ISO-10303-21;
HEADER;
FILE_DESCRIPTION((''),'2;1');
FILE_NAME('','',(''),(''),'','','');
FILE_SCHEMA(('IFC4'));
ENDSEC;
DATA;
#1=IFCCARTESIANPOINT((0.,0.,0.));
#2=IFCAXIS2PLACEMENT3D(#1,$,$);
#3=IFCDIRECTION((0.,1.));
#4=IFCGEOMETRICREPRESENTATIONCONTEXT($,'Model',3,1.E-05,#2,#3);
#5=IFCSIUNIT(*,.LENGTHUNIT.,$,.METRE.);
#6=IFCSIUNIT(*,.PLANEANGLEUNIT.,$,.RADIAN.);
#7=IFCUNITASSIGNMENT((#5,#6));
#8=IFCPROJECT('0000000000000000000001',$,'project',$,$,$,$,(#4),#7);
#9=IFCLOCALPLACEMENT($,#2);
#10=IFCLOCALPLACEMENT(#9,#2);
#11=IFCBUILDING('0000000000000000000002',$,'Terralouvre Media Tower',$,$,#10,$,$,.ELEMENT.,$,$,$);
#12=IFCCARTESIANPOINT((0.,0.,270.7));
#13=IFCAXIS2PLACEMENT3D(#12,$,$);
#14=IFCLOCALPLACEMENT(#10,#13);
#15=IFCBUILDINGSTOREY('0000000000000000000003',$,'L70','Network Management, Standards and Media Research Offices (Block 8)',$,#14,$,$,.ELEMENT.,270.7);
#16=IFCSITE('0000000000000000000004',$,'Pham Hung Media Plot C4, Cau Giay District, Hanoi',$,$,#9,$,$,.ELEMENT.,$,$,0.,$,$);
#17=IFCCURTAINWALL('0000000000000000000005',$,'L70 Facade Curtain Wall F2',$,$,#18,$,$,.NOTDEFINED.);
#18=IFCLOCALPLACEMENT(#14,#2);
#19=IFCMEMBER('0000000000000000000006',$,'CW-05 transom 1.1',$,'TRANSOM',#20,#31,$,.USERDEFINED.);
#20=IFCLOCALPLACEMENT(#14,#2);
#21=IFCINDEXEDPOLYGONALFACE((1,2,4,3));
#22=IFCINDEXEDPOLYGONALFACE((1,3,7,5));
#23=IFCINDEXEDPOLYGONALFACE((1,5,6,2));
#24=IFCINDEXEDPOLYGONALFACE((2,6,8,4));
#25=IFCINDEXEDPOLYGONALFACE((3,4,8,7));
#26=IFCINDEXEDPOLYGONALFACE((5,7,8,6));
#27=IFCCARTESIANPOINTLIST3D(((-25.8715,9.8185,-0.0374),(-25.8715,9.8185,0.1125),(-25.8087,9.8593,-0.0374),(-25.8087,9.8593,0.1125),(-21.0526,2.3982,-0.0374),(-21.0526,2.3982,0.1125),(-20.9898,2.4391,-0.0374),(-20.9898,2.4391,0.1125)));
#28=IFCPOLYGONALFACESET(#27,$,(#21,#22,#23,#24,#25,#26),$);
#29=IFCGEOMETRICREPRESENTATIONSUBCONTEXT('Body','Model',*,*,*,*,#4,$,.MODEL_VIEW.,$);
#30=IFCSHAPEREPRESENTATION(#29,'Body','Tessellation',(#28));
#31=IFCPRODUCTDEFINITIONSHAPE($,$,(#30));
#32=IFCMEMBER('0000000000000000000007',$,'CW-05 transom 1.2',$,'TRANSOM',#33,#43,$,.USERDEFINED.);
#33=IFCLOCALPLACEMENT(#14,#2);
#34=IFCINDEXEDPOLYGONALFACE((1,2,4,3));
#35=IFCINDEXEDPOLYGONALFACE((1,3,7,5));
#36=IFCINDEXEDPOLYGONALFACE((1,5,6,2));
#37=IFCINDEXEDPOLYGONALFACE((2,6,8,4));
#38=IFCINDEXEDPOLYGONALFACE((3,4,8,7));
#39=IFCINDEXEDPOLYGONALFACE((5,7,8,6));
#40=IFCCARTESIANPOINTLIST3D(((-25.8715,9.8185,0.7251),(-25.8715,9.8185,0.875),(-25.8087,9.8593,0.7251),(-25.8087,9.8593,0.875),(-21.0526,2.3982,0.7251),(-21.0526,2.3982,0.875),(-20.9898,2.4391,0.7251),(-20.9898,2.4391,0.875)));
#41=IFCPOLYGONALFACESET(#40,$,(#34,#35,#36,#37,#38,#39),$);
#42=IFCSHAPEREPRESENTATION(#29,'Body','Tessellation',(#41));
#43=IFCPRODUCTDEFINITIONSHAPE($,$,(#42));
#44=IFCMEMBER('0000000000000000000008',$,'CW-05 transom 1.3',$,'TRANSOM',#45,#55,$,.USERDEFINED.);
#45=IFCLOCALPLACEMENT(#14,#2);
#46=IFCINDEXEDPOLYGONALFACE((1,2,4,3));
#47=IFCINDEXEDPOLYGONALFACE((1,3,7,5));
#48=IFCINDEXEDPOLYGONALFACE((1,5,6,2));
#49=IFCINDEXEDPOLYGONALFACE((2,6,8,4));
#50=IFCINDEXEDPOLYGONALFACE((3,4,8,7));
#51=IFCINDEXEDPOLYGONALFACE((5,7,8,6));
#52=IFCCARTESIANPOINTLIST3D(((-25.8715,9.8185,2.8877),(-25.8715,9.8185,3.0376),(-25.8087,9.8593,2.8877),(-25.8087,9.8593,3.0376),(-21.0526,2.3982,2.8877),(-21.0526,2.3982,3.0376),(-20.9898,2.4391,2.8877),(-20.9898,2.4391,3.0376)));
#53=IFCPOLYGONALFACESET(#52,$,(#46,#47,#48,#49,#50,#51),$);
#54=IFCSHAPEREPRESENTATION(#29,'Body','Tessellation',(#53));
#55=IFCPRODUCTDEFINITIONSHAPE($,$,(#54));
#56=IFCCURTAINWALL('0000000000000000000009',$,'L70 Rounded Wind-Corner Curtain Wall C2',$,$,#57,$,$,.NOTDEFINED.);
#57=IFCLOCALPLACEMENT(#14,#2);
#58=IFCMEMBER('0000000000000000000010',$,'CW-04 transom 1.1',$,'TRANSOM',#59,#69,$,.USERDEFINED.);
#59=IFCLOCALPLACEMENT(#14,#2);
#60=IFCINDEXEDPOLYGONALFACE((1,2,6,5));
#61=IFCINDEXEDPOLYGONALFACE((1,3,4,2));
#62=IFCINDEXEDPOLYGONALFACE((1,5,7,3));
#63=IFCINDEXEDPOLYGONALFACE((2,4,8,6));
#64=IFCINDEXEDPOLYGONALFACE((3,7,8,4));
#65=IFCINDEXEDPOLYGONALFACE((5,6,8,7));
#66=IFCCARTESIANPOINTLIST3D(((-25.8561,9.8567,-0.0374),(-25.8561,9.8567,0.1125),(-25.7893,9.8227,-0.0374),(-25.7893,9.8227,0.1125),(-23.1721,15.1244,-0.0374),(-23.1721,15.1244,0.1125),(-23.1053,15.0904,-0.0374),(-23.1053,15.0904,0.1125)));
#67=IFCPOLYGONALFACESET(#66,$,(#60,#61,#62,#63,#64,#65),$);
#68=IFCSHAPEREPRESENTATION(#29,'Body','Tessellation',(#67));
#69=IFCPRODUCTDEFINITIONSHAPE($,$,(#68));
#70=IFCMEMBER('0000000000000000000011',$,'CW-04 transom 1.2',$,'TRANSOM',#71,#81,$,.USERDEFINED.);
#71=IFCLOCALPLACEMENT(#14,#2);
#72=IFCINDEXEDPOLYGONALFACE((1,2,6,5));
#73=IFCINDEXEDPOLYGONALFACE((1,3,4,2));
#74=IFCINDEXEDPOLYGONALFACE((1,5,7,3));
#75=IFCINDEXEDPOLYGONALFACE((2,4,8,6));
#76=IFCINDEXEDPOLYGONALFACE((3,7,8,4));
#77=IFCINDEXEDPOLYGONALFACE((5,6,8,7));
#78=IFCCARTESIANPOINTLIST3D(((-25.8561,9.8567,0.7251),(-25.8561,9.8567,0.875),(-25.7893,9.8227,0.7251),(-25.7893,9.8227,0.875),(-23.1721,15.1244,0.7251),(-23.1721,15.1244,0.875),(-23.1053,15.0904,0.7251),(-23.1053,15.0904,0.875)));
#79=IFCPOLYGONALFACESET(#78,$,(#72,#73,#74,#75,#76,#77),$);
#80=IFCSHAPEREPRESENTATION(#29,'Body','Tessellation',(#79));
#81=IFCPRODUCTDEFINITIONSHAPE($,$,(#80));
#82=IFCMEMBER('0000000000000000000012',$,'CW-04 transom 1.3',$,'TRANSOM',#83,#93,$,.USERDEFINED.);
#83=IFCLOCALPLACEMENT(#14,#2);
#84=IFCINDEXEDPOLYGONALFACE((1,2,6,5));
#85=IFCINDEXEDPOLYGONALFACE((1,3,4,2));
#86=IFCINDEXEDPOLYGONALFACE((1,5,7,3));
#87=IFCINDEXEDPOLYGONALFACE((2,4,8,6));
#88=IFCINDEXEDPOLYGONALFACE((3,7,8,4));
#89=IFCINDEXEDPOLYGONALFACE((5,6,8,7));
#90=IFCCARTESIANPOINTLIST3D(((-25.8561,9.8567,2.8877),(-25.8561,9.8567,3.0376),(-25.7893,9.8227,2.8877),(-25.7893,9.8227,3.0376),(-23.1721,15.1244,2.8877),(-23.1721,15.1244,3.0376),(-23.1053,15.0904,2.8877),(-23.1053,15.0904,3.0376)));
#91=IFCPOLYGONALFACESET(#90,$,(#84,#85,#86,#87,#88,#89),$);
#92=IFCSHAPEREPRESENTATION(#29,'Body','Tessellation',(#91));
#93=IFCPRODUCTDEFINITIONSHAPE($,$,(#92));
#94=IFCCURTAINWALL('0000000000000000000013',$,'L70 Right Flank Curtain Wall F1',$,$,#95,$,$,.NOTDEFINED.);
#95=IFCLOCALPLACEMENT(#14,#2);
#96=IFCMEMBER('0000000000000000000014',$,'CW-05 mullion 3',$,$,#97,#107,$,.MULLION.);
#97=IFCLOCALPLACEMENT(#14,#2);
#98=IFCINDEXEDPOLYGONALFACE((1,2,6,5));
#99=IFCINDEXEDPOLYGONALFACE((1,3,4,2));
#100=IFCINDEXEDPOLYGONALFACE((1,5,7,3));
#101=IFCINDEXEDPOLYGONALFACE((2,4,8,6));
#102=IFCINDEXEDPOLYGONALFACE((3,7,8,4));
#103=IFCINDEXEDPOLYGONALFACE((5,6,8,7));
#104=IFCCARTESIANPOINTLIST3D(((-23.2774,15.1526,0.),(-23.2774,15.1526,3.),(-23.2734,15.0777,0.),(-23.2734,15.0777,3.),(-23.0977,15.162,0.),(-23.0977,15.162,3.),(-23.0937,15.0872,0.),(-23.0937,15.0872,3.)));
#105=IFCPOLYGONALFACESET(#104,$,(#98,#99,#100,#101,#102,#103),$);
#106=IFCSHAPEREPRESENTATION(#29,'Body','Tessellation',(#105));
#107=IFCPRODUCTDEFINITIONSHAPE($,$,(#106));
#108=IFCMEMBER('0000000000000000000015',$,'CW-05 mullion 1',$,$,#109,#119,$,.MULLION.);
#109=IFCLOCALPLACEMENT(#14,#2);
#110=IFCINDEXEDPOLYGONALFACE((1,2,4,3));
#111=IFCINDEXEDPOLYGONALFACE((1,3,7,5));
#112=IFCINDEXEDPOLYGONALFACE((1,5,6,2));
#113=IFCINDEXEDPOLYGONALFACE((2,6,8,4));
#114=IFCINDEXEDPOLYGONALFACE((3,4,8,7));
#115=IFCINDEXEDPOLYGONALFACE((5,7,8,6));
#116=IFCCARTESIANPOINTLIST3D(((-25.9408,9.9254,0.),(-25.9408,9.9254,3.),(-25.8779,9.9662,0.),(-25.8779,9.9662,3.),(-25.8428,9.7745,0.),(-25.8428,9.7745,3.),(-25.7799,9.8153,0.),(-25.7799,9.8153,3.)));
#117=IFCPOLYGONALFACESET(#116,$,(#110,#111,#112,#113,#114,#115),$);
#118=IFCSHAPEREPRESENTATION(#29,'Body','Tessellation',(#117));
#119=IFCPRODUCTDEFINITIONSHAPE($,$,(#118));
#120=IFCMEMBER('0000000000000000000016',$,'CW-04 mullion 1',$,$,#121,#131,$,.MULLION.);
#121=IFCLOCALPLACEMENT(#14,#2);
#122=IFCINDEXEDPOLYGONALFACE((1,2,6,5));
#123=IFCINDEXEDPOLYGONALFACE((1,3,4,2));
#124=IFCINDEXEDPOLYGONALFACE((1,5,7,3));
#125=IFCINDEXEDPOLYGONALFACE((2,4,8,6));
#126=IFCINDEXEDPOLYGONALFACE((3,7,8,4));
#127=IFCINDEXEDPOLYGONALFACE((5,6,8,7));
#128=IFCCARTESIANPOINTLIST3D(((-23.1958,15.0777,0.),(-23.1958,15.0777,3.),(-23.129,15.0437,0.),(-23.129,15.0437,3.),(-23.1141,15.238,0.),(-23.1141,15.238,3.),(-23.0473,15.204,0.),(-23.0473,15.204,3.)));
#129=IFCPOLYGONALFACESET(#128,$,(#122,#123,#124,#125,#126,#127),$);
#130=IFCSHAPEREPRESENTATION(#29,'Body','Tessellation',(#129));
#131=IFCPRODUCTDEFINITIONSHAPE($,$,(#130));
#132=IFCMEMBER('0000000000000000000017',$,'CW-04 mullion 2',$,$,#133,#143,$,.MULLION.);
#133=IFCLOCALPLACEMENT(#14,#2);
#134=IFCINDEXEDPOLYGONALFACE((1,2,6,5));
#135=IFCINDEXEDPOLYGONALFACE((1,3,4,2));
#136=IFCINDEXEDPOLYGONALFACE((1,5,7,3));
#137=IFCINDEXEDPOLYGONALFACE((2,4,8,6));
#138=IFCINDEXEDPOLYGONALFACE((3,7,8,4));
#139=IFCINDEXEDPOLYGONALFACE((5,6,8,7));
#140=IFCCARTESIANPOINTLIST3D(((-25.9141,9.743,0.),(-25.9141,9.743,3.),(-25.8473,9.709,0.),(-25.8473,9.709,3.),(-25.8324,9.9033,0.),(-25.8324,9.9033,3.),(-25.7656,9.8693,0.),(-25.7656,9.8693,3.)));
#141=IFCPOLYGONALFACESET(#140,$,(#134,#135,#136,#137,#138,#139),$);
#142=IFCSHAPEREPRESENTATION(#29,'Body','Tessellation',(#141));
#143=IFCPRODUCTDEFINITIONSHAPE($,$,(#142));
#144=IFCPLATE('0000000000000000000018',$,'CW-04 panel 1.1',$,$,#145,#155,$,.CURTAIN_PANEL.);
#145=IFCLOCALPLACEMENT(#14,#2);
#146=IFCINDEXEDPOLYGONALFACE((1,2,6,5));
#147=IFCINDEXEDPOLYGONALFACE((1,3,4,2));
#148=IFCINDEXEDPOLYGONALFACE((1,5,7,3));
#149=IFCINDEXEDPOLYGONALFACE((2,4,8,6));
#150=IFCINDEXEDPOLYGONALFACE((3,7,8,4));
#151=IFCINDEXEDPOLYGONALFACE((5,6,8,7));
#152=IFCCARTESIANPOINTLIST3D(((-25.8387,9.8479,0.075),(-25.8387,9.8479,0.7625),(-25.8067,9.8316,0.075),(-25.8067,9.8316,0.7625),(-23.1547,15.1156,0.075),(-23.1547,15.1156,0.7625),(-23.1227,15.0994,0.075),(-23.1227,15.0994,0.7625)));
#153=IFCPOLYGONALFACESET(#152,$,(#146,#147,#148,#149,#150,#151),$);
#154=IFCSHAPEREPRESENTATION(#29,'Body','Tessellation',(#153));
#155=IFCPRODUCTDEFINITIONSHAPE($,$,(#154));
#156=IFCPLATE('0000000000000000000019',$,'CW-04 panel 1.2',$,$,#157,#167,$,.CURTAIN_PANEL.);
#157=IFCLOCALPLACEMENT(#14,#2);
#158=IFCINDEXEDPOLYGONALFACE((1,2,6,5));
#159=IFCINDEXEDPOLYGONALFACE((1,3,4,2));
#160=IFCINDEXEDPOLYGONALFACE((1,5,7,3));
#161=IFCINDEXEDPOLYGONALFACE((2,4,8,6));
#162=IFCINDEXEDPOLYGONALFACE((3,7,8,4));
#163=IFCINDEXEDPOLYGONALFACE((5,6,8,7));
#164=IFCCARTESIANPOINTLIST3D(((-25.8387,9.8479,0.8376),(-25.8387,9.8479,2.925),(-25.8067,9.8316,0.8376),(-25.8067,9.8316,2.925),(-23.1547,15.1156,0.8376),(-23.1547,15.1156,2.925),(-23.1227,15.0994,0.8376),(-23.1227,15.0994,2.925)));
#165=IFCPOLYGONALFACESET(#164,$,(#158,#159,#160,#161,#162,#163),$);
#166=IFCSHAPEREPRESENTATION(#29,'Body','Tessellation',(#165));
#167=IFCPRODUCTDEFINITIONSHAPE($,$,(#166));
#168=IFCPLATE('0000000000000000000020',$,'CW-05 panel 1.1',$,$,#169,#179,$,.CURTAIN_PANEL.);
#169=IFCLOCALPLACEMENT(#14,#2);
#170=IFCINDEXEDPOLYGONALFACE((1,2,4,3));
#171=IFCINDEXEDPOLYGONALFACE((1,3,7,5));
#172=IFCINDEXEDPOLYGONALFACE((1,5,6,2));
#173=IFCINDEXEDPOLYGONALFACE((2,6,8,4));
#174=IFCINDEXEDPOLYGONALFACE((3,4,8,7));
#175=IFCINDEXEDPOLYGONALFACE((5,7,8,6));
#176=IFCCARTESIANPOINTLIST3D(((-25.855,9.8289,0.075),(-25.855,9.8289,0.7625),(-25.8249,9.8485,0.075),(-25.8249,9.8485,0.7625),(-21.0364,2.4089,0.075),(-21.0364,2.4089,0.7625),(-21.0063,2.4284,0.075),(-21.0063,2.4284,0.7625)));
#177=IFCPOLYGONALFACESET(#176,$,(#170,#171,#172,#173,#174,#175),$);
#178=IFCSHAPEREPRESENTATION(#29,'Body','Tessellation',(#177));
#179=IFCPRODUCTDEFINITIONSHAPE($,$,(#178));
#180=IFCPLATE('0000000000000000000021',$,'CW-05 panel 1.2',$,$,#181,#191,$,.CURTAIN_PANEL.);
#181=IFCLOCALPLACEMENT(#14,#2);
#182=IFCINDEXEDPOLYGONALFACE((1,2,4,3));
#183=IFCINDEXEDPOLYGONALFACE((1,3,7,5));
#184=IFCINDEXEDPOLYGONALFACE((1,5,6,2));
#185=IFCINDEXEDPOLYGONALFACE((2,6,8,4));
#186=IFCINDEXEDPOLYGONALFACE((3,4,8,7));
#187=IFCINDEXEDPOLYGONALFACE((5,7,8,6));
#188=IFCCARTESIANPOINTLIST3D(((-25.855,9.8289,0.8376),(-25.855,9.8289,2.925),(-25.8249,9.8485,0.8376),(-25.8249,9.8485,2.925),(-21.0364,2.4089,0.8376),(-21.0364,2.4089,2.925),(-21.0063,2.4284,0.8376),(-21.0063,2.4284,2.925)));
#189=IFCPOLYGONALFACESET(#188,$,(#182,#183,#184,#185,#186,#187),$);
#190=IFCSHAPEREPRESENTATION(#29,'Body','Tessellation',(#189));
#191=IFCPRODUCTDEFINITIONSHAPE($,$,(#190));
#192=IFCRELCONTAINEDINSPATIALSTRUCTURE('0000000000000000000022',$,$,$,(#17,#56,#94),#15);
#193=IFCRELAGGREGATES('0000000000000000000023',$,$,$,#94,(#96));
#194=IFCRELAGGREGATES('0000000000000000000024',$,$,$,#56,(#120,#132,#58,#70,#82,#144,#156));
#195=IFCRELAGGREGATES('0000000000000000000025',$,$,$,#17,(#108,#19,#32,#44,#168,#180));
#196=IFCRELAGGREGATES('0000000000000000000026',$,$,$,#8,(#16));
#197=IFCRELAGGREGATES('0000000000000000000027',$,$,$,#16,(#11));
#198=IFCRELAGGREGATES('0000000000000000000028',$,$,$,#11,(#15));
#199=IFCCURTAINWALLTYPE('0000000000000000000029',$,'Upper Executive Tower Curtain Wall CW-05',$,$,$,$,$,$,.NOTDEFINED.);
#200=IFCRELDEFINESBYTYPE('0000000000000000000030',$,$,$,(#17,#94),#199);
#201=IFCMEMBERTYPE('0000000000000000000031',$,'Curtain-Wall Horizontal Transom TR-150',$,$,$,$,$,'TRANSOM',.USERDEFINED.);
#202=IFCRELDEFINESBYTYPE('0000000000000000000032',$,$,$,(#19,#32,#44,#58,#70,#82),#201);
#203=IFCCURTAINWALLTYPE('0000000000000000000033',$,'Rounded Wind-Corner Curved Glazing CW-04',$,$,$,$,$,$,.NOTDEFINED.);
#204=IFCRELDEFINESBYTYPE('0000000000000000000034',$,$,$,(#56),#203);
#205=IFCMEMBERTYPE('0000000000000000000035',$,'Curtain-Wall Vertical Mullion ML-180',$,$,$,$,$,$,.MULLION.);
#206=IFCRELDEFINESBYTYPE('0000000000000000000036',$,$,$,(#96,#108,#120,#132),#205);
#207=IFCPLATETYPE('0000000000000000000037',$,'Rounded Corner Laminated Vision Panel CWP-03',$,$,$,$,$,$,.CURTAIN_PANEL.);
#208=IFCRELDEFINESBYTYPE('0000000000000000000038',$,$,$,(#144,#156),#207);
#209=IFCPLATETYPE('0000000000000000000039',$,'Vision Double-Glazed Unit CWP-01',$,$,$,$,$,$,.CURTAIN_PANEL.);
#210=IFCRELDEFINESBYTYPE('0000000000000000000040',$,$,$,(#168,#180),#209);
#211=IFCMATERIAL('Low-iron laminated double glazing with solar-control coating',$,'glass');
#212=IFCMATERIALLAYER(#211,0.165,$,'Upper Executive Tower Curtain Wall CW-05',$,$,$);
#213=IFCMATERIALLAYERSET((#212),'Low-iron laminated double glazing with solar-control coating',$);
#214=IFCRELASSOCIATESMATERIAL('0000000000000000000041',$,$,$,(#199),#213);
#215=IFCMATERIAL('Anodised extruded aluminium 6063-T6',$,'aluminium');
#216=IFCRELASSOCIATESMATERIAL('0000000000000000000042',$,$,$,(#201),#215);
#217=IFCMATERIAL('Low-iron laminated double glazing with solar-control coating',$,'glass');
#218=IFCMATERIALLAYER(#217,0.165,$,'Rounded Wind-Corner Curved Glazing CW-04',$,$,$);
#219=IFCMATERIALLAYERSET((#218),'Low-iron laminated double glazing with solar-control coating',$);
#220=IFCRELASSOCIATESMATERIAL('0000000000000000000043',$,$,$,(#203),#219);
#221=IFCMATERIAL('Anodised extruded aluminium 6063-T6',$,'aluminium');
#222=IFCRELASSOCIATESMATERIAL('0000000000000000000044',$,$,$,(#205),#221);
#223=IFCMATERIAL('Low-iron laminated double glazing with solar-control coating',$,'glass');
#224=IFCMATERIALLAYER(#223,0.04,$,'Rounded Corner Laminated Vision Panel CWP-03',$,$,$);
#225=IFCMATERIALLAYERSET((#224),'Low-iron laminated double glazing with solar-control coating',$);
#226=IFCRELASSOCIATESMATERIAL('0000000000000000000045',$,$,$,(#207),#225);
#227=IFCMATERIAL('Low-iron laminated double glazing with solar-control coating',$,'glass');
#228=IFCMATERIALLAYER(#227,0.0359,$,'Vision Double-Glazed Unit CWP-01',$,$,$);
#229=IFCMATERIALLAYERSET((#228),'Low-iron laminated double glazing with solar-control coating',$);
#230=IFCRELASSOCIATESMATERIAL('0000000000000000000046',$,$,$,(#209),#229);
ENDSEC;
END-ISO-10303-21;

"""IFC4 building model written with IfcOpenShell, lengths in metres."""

from ifc_helpers import new_model, si_unit, direction, frame, origin, origin_2d, place, context, subcontext, project, spatial, rectangle, extrude, material, layer, layer_set, material_profile, profile_set, type_object, element, aggregate, save


model = new_model("IFC4")

# Units and contexts
model_context = context("Model", 3, precision=1e-05, world=origin(), true_north=direction((0.0, 1.0)))
body_context = subcontext(model_context, "Body", "Model", "MODEL_VIEW")
ifc_project = project(units=[si_unit("LENGTHUNIT", "METRE"), si_unit("PLANEANGLEUNIT", "RADIAN")], contexts=[model_context])

# Site, building, storey
site_placement = place(None, origin())
site = spatial("IfcSite", under=ifc_project, at=site_placement, Name="Pham Hung Media Plot C4, Cau Giay District, Hanoi", CompositionType="ELEMENT", RefElevation=0.0)
building_placement = place(site_placement, origin())
building = spatial("IfcBuilding", under=site, at=building_placement, Name="Terralouvre Media Tower", CompositionType="ELEMENT")
storey_placement = place(building_placement, frame((0.0, 0.0, 270.7)))
storey = spatial("IfcBuildingStorey", under=building, at=storey_placement, Name="L70", Description="Network Management, Standards and Media Research Offices (Block 8)", CompositionType="ELEMENT", Elevation=270.7)

# Curtain walls, members
ifc_material_1 = material(Name="Low-iron laminated double glazing with solar-control coating", Category="glass")
ifc_layer_1 = layer(ifc_material_1, 0.165, Name="Upper Executive Tower Curtain Wall CW-05")
ifc_layer_set_1 = layer_set([ifc_layer_1], Name="Low-iron laminated double glazing with solar-control coating")
curtain_wall_type_1 = type_object("IfcCurtainWallType", Name="Upper Executive Tower Curtain Wall CW-05", PredefinedType="NOTDEFINED", material=ifc_layer_set_1)
curtain_wall_1_placement = place(storey_placement, origin())
curtain_wall_1 = element("IfcCurtainWall", 1, at=curtain_wall_1_placement, inside=storey, type_object=curtain_wall_type_1, Name="L70 Facade Curtain Wall F2", PredefinedType="NOTDEFINED")
ifc_material_2 = material(Name="Anodised extruded aluminium 6063-T6", Category="aluminium")
ifc_material_profile_1 = material_profile(ifc_material_2, rectangle(XDim=0.075, YDim=0.1499, at=origin_2d()), Name="ALU 75x150")
ifc_profile_set_1 = profile_set([ifc_material_profile_1], Name="Anodised extruded aluminium 6063-T6")
member_type_1 = type_object("IfcMemberType", Name="Curtain-Wall Horizontal Transom TR-150", ElementType="TRANSOM", PredefinedType="USERDEFINED", material=ifc_profile_set_1)
member_1_placement = place(storey_placement, frame((-25.8401, 9.8389, 0.0376), z_axis=(0.54465, -0.838664, 0.0), x_axis=(0.838664, 0.54465, 0.0)))
member_1 = element("IfcMember", 2, at=member_1_placement, type_object=member_type_1, Name="CW-05 transom 1.1", ObjectType="TRANSOM", PredefinedType="USERDEFINED", context=body_context, shape_type="SweptSolid", body=[
    extrude(rectangle(XDim=0.075, YDim=0.1499, at=origin_2d()), origin(), (0.0, 0.0, 1.0), 8.8477),
])
member_2_placement = place(storey_placement, frame((-25.8401, 9.8389, 0.8), z_axis=(0.54465, -0.838664, 0.0), x_axis=(0.838664, 0.54465, 0.0)))
member_2 = element("IfcMember", 3, at=member_2_placement, type_object=member_type_1, Name="CW-05 transom 1.2", ObjectType="TRANSOM", PredefinedType="USERDEFINED", context=body_context, shape_type="SweptSolid", body=[
    extrude(rectangle(XDim=0.075, YDim=0.1499, at=origin_2d()), origin(), (0.0, 0.0, 1.0), 8.8477),
])
member_3_placement = place(storey_placement, frame((-25.8401, 9.8389, 2.9626), z_axis=(0.54465, -0.838664, 0.0), x_axis=(0.838664, 0.54465, 0.0)))
member_3 = element("IfcMember", 4, at=member_3_placement, type_object=member_type_1, Name="CW-05 transom 1.3", ObjectType="TRANSOM", PredefinedType="USERDEFINED", context=body_context, shape_type="SweptSolid", body=[
    extrude(rectangle(XDim=0.075, YDim=0.1499, at=origin_2d()), origin(), (0.0, 0.0, 1.0), 8.8477),
])
ifc_material_3 = material(Name="Low-iron laminated double glazing with solar-control coating", Category="glass")
ifc_layer_2 = layer(ifc_material_3, 0.165, Name="Rounded Wind-Corner Curved Glazing CW-04")
ifc_layer_set_2 = layer_set([ifc_layer_2], Name="Low-iron laminated double glazing with solar-control coating")
curtain_wall_type_2 = type_object("IfcCurtainWallType", Name="Rounded Wind-Corner Curved Glazing CW-04", PredefinedType="NOTDEFINED", material=ifc_layer_set_2)
curtain_wall_2_placement = place(storey_placement, origin())
curtain_wall_2 = element("IfcCurtainWall", 5, at=curtain_wall_2_placement, inside=storey, type_object=curtain_wall_type_2, Name="L70 Rounded Wind-Corner Curtain Wall C2", PredefinedType="NOTDEFINED")
member_4_placement = place(storey_placement, frame((-23.1387, 15.1074, 0.0376), z_axis=(-0.453989, -0.891007, 0.0), x_axis=(0.891007, -0.453989, 0.0)))
member_4 = element("IfcMember", 6, at=member_4_placement, type_object=member_type_1, Name="CW-04 transom 1.1", ObjectType="TRANSOM", PredefinedType="USERDEFINED", context=body_context, shape_type="SweptSolid", body=[
    extrude(rectangle(XDim=0.075, YDim=0.1499, at=origin_2d()), origin(), (0.0, 0.0, 1.0), 5.9121),
])
member_5_placement = place(storey_placement, frame((-23.1387, 15.1074, 0.8), z_axis=(-0.453989, -0.891007, 0.0), x_axis=(0.891007, -0.453989, 0.0)))
member_5 = element("IfcMember", 7, at=member_5_placement, type_object=member_type_1, Name="CW-04 transom 1.2", ObjectType="TRANSOM", PredefinedType="USERDEFINED", context=body_context, shape_type="SweptSolid", body=[
    extrude(rectangle(XDim=0.075, YDim=0.1499, at=origin_2d()), origin(), (0.0, 0.0, 1.0), 5.9121),
])
member_6_placement = place(storey_placement, frame((-23.1387, 15.1074, 2.9626), z_axis=(-0.453989, -0.891007, 0.0), x_axis=(0.891007, -0.453989, 0.0)))
member_6 = element("IfcMember", 8, at=member_6_placement, type_object=member_type_1, Name="CW-04 transom 1.3", ObjectType="TRANSOM", PredefinedType="USERDEFINED", context=body_context, shape_type="SweptSolid", body=[
    extrude(rectangle(XDim=0.075, YDim=0.1499, at=origin_2d()), origin(), (0.0, 0.0, 1.0), 5.9121),
])

# Curtain wall, member
curtain_wall_3_placement = place(storey_placement, origin())
curtain_wall_3 = element("IfcCurtainWall", 9, at=curtain_wall_3_placement, inside=storey, type_object=curtain_wall_type_1, Name="L70 Right Flank Curtain Wall F1", PredefinedType="NOTDEFINED")
ifc_material_4 = material(Name="Anodised extruded aluminium 6063-T6", Category="aluminium")
ifc_material_profile_2 = material_profile(ifc_material_4, rectangle(XDim=0.075, YDim=0.1799, at=origin_2d()), Name="ALU 75x180")
ifc_profile_set_2 = profile_set([ifc_material_profile_2], Name="Anodised extruded aluminium 6063-T6")
member_type_2 = type_object("IfcMemberType", Name="Curtain-Wall Vertical Mullion ML-180", PredefinedType="MULLION", material=ifc_profile_set_2)
member_7_placement = place(storey_placement, frame((-23.1855, 15.1199, 0.0), z_axis=(0.0, 0.0, 1.0), x_axis=(0.052336, -0.99863, 0.0)))
member_7 = element("IfcMember", 10, at=member_7_placement, type_object=member_type_2, Name="CW-05 mullion 3", PredefinedType="MULLION", context=body_context, shape_type="SweptSolid", body=[
    extrude(rectangle(XDim=0.075, YDim=0.1799, at=origin_2d()), origin(), (0.0, 0.0, 1.0), 3.0),
])
aggregate(curtain_wall_3, [member_7])

# Members
member_8_placement = place(storey_placement, frame((-25.8604, 9.8704, 0.0), z_axis=(0.0, 0.0, 1.0), x_axis=(0.838671, 0.544639, 0.0)))
member_8 = element("IfcMember", 11, at=member_8_placement, type_object=member_type_2, Name="CW-05 mullion 1", PredefinedType="MULLION", context=body_context, shape_type="SweptSolid", body=[
    extrude(rectangle(XDim=0.075, YDim=0.1799, at=origin_2d()), origin(), (0.0, 0.0, 1.0), 3.0),
])
member_9_placement = place(storey_placement, frame((-23.1216, 15.1409, 0.0), z_axis=(0.0, 0.0, 1.0), x_axis=(0.891007, -0.45399, 0.0)))
member_9 = element("IfcMember", 12, at=member_9_placement, type_object=member_type_2, Name="CW-04 mullion 1", PredefinedType="MULLION", context=body_context, shape_type="SweptSolid", body=[
    extrude(rectangle(XDim=0.075, YDim=0.1799, at=origin_2d()), origin(), (0.0, 0.0, 1.0), 3.0),
])
member_10_placement = place(storey_placement, frame((-25.8398, 9.8062, 0.0), z_axis=(0.0, 0.0, 1.0), x_axis=(0.891007, -0.45399, 0.0)))
member_10 = element("IfcMember", 13, at=member_10_placement, type_object=member_type_2, Name="CW-04 mullion 2", PredefinedType="MULLION", context=body_context, shape_type="SweptSolid", body=[
    extrude(rectangle(XDim=0.075, YDim=0.1799, at=origin_2d()), origin(), (0.0, 0.0, 1.0), 3.0),
])

# Plates
ifc_material_5 = material(Name="Low-iron laminated double glazing with solar-control coating", Category="glass")
ifc_layer_3 = layer(ifc_material_5, 0.04, Name="Rounded Corner Laminated Vision Panel CWP-03")
ifc_layer_set_3 = layer_set([ifc_layer_3], Name="Low-iron laminated double glazing with solar-control coating")
plate_type_1 = type_object("IfcPlateType", Name="Rounded Corner Laminated Vision Panel CWP-03", PredefinedType="CURTAIN_PANEL", material=ifc_layer_set_3)
plate_1_placement = place(storey_placement, frame((-24.4807, 12.4736, 0.075), z_axis=(0.0, 0.0, 1.0), x_axis=(-0.45399, -0.891007, 0.0)))
plate_1 = element("IfcPlate", 14, at=plate_1_placement, type_object=plate_type_1, Name="CW-04 panel 1.1", PredefinedType="CURTAIN_PANEL", context=body_context, shape_type="SweptSolid", body=[
    extrude(rectangle(XDim=5.9121, YDim=0.0359, at=origin_2d()), origin(), (0.0, 0.0, 1.0), 0.6875),
])
plate_2_placement = place(storey_placement, frame((-24.4807, 12.4736, 0.8376), z_axis=(0.0, 0.0, 1.0), x_axis=(-0.45399, -0.891007, 0.0)))
plate_2 = element("IfcPlate", 15, at=plate_2_placement, type_object=plate_type_1, Name="CW-04 panel 1.2", PredefinedType="CURTAIN_PANEL", context=body_context, shape_type="SweptSolid", body=[
    extrude(rectangle(XDim=5.9121, YDim=0.0359, at=origin_2d()), origin(), (0.0, 0.0, 1.0), 2.0874),
])
aggregate(curtain_wall_2, [member_9, member_10, member_4, member_5, member_6, plate_1, plate_2])
ifc_material_6 = material(Name="Low-iron laminated double glazing with solar-control coating", Category="glass")
ifc_layer_4 = layer(ifc_material_6, 0.0359, Name="Vision Double-Glazed Unit CWP-01")
ifc_layer_set_4 = layer_set([ifc_layer_4], Name="Low-iron laminated double glazing with solar-control coating")
plate_type_2 = type_object("IfcPlateType", Name="Vision Double-Glazed Unit CWP-01", PredefinedType="CURTAIN_PANEL", material=ifc_layer_set_4)
plate_3_placement = place(storey_placement, frame((-23.4307, 6.1287, 0.075), z_axis=(0.0, 0.0, 1.0), x_axis=(0.544639, -0.838671, 0.0)))
plate_3 = element("IfcPlate", 16, at=plate_3_placement, type_object=plate_type_2, Name="CW-05 panel 1.1", PredefinedType="CURTAIN_PANEL", context=body_context, shape_type="SweptSolid", body=[
    extrude(rectangle(XDim=8.8474, YDim=0.0359, at=origin_2d()), origin(), (0.0, 0.0, 1.0), 0.6875),
])
plate_4_placement = place(storey_placement, frame((-23.4307, 6.1287, 0.8376), z_axis=(0.0, 0.0, 1.0), x_axis=(0.544639, -0.838671, 0.0)))
plate_4 = element("IfcPlate", 17, at=plate_4_placement, type_object=plate_type_2, Name="CW-05 panel 1.2", PredefinedType="CURTAIN_PANEL", context=body_context, shape_type="SweptSolid", body=[
    extrude(rectangle(XDim=8.8474, YDim=0.0359, at=origin_2d()), origin(), (0.0, 0.0, 1.0), 2.0874),
])
aggregate(curtain_wall_1, [member_8, member_1, member_2, member_3, plate_3, plate_4])

save(model, "model.ifc")
